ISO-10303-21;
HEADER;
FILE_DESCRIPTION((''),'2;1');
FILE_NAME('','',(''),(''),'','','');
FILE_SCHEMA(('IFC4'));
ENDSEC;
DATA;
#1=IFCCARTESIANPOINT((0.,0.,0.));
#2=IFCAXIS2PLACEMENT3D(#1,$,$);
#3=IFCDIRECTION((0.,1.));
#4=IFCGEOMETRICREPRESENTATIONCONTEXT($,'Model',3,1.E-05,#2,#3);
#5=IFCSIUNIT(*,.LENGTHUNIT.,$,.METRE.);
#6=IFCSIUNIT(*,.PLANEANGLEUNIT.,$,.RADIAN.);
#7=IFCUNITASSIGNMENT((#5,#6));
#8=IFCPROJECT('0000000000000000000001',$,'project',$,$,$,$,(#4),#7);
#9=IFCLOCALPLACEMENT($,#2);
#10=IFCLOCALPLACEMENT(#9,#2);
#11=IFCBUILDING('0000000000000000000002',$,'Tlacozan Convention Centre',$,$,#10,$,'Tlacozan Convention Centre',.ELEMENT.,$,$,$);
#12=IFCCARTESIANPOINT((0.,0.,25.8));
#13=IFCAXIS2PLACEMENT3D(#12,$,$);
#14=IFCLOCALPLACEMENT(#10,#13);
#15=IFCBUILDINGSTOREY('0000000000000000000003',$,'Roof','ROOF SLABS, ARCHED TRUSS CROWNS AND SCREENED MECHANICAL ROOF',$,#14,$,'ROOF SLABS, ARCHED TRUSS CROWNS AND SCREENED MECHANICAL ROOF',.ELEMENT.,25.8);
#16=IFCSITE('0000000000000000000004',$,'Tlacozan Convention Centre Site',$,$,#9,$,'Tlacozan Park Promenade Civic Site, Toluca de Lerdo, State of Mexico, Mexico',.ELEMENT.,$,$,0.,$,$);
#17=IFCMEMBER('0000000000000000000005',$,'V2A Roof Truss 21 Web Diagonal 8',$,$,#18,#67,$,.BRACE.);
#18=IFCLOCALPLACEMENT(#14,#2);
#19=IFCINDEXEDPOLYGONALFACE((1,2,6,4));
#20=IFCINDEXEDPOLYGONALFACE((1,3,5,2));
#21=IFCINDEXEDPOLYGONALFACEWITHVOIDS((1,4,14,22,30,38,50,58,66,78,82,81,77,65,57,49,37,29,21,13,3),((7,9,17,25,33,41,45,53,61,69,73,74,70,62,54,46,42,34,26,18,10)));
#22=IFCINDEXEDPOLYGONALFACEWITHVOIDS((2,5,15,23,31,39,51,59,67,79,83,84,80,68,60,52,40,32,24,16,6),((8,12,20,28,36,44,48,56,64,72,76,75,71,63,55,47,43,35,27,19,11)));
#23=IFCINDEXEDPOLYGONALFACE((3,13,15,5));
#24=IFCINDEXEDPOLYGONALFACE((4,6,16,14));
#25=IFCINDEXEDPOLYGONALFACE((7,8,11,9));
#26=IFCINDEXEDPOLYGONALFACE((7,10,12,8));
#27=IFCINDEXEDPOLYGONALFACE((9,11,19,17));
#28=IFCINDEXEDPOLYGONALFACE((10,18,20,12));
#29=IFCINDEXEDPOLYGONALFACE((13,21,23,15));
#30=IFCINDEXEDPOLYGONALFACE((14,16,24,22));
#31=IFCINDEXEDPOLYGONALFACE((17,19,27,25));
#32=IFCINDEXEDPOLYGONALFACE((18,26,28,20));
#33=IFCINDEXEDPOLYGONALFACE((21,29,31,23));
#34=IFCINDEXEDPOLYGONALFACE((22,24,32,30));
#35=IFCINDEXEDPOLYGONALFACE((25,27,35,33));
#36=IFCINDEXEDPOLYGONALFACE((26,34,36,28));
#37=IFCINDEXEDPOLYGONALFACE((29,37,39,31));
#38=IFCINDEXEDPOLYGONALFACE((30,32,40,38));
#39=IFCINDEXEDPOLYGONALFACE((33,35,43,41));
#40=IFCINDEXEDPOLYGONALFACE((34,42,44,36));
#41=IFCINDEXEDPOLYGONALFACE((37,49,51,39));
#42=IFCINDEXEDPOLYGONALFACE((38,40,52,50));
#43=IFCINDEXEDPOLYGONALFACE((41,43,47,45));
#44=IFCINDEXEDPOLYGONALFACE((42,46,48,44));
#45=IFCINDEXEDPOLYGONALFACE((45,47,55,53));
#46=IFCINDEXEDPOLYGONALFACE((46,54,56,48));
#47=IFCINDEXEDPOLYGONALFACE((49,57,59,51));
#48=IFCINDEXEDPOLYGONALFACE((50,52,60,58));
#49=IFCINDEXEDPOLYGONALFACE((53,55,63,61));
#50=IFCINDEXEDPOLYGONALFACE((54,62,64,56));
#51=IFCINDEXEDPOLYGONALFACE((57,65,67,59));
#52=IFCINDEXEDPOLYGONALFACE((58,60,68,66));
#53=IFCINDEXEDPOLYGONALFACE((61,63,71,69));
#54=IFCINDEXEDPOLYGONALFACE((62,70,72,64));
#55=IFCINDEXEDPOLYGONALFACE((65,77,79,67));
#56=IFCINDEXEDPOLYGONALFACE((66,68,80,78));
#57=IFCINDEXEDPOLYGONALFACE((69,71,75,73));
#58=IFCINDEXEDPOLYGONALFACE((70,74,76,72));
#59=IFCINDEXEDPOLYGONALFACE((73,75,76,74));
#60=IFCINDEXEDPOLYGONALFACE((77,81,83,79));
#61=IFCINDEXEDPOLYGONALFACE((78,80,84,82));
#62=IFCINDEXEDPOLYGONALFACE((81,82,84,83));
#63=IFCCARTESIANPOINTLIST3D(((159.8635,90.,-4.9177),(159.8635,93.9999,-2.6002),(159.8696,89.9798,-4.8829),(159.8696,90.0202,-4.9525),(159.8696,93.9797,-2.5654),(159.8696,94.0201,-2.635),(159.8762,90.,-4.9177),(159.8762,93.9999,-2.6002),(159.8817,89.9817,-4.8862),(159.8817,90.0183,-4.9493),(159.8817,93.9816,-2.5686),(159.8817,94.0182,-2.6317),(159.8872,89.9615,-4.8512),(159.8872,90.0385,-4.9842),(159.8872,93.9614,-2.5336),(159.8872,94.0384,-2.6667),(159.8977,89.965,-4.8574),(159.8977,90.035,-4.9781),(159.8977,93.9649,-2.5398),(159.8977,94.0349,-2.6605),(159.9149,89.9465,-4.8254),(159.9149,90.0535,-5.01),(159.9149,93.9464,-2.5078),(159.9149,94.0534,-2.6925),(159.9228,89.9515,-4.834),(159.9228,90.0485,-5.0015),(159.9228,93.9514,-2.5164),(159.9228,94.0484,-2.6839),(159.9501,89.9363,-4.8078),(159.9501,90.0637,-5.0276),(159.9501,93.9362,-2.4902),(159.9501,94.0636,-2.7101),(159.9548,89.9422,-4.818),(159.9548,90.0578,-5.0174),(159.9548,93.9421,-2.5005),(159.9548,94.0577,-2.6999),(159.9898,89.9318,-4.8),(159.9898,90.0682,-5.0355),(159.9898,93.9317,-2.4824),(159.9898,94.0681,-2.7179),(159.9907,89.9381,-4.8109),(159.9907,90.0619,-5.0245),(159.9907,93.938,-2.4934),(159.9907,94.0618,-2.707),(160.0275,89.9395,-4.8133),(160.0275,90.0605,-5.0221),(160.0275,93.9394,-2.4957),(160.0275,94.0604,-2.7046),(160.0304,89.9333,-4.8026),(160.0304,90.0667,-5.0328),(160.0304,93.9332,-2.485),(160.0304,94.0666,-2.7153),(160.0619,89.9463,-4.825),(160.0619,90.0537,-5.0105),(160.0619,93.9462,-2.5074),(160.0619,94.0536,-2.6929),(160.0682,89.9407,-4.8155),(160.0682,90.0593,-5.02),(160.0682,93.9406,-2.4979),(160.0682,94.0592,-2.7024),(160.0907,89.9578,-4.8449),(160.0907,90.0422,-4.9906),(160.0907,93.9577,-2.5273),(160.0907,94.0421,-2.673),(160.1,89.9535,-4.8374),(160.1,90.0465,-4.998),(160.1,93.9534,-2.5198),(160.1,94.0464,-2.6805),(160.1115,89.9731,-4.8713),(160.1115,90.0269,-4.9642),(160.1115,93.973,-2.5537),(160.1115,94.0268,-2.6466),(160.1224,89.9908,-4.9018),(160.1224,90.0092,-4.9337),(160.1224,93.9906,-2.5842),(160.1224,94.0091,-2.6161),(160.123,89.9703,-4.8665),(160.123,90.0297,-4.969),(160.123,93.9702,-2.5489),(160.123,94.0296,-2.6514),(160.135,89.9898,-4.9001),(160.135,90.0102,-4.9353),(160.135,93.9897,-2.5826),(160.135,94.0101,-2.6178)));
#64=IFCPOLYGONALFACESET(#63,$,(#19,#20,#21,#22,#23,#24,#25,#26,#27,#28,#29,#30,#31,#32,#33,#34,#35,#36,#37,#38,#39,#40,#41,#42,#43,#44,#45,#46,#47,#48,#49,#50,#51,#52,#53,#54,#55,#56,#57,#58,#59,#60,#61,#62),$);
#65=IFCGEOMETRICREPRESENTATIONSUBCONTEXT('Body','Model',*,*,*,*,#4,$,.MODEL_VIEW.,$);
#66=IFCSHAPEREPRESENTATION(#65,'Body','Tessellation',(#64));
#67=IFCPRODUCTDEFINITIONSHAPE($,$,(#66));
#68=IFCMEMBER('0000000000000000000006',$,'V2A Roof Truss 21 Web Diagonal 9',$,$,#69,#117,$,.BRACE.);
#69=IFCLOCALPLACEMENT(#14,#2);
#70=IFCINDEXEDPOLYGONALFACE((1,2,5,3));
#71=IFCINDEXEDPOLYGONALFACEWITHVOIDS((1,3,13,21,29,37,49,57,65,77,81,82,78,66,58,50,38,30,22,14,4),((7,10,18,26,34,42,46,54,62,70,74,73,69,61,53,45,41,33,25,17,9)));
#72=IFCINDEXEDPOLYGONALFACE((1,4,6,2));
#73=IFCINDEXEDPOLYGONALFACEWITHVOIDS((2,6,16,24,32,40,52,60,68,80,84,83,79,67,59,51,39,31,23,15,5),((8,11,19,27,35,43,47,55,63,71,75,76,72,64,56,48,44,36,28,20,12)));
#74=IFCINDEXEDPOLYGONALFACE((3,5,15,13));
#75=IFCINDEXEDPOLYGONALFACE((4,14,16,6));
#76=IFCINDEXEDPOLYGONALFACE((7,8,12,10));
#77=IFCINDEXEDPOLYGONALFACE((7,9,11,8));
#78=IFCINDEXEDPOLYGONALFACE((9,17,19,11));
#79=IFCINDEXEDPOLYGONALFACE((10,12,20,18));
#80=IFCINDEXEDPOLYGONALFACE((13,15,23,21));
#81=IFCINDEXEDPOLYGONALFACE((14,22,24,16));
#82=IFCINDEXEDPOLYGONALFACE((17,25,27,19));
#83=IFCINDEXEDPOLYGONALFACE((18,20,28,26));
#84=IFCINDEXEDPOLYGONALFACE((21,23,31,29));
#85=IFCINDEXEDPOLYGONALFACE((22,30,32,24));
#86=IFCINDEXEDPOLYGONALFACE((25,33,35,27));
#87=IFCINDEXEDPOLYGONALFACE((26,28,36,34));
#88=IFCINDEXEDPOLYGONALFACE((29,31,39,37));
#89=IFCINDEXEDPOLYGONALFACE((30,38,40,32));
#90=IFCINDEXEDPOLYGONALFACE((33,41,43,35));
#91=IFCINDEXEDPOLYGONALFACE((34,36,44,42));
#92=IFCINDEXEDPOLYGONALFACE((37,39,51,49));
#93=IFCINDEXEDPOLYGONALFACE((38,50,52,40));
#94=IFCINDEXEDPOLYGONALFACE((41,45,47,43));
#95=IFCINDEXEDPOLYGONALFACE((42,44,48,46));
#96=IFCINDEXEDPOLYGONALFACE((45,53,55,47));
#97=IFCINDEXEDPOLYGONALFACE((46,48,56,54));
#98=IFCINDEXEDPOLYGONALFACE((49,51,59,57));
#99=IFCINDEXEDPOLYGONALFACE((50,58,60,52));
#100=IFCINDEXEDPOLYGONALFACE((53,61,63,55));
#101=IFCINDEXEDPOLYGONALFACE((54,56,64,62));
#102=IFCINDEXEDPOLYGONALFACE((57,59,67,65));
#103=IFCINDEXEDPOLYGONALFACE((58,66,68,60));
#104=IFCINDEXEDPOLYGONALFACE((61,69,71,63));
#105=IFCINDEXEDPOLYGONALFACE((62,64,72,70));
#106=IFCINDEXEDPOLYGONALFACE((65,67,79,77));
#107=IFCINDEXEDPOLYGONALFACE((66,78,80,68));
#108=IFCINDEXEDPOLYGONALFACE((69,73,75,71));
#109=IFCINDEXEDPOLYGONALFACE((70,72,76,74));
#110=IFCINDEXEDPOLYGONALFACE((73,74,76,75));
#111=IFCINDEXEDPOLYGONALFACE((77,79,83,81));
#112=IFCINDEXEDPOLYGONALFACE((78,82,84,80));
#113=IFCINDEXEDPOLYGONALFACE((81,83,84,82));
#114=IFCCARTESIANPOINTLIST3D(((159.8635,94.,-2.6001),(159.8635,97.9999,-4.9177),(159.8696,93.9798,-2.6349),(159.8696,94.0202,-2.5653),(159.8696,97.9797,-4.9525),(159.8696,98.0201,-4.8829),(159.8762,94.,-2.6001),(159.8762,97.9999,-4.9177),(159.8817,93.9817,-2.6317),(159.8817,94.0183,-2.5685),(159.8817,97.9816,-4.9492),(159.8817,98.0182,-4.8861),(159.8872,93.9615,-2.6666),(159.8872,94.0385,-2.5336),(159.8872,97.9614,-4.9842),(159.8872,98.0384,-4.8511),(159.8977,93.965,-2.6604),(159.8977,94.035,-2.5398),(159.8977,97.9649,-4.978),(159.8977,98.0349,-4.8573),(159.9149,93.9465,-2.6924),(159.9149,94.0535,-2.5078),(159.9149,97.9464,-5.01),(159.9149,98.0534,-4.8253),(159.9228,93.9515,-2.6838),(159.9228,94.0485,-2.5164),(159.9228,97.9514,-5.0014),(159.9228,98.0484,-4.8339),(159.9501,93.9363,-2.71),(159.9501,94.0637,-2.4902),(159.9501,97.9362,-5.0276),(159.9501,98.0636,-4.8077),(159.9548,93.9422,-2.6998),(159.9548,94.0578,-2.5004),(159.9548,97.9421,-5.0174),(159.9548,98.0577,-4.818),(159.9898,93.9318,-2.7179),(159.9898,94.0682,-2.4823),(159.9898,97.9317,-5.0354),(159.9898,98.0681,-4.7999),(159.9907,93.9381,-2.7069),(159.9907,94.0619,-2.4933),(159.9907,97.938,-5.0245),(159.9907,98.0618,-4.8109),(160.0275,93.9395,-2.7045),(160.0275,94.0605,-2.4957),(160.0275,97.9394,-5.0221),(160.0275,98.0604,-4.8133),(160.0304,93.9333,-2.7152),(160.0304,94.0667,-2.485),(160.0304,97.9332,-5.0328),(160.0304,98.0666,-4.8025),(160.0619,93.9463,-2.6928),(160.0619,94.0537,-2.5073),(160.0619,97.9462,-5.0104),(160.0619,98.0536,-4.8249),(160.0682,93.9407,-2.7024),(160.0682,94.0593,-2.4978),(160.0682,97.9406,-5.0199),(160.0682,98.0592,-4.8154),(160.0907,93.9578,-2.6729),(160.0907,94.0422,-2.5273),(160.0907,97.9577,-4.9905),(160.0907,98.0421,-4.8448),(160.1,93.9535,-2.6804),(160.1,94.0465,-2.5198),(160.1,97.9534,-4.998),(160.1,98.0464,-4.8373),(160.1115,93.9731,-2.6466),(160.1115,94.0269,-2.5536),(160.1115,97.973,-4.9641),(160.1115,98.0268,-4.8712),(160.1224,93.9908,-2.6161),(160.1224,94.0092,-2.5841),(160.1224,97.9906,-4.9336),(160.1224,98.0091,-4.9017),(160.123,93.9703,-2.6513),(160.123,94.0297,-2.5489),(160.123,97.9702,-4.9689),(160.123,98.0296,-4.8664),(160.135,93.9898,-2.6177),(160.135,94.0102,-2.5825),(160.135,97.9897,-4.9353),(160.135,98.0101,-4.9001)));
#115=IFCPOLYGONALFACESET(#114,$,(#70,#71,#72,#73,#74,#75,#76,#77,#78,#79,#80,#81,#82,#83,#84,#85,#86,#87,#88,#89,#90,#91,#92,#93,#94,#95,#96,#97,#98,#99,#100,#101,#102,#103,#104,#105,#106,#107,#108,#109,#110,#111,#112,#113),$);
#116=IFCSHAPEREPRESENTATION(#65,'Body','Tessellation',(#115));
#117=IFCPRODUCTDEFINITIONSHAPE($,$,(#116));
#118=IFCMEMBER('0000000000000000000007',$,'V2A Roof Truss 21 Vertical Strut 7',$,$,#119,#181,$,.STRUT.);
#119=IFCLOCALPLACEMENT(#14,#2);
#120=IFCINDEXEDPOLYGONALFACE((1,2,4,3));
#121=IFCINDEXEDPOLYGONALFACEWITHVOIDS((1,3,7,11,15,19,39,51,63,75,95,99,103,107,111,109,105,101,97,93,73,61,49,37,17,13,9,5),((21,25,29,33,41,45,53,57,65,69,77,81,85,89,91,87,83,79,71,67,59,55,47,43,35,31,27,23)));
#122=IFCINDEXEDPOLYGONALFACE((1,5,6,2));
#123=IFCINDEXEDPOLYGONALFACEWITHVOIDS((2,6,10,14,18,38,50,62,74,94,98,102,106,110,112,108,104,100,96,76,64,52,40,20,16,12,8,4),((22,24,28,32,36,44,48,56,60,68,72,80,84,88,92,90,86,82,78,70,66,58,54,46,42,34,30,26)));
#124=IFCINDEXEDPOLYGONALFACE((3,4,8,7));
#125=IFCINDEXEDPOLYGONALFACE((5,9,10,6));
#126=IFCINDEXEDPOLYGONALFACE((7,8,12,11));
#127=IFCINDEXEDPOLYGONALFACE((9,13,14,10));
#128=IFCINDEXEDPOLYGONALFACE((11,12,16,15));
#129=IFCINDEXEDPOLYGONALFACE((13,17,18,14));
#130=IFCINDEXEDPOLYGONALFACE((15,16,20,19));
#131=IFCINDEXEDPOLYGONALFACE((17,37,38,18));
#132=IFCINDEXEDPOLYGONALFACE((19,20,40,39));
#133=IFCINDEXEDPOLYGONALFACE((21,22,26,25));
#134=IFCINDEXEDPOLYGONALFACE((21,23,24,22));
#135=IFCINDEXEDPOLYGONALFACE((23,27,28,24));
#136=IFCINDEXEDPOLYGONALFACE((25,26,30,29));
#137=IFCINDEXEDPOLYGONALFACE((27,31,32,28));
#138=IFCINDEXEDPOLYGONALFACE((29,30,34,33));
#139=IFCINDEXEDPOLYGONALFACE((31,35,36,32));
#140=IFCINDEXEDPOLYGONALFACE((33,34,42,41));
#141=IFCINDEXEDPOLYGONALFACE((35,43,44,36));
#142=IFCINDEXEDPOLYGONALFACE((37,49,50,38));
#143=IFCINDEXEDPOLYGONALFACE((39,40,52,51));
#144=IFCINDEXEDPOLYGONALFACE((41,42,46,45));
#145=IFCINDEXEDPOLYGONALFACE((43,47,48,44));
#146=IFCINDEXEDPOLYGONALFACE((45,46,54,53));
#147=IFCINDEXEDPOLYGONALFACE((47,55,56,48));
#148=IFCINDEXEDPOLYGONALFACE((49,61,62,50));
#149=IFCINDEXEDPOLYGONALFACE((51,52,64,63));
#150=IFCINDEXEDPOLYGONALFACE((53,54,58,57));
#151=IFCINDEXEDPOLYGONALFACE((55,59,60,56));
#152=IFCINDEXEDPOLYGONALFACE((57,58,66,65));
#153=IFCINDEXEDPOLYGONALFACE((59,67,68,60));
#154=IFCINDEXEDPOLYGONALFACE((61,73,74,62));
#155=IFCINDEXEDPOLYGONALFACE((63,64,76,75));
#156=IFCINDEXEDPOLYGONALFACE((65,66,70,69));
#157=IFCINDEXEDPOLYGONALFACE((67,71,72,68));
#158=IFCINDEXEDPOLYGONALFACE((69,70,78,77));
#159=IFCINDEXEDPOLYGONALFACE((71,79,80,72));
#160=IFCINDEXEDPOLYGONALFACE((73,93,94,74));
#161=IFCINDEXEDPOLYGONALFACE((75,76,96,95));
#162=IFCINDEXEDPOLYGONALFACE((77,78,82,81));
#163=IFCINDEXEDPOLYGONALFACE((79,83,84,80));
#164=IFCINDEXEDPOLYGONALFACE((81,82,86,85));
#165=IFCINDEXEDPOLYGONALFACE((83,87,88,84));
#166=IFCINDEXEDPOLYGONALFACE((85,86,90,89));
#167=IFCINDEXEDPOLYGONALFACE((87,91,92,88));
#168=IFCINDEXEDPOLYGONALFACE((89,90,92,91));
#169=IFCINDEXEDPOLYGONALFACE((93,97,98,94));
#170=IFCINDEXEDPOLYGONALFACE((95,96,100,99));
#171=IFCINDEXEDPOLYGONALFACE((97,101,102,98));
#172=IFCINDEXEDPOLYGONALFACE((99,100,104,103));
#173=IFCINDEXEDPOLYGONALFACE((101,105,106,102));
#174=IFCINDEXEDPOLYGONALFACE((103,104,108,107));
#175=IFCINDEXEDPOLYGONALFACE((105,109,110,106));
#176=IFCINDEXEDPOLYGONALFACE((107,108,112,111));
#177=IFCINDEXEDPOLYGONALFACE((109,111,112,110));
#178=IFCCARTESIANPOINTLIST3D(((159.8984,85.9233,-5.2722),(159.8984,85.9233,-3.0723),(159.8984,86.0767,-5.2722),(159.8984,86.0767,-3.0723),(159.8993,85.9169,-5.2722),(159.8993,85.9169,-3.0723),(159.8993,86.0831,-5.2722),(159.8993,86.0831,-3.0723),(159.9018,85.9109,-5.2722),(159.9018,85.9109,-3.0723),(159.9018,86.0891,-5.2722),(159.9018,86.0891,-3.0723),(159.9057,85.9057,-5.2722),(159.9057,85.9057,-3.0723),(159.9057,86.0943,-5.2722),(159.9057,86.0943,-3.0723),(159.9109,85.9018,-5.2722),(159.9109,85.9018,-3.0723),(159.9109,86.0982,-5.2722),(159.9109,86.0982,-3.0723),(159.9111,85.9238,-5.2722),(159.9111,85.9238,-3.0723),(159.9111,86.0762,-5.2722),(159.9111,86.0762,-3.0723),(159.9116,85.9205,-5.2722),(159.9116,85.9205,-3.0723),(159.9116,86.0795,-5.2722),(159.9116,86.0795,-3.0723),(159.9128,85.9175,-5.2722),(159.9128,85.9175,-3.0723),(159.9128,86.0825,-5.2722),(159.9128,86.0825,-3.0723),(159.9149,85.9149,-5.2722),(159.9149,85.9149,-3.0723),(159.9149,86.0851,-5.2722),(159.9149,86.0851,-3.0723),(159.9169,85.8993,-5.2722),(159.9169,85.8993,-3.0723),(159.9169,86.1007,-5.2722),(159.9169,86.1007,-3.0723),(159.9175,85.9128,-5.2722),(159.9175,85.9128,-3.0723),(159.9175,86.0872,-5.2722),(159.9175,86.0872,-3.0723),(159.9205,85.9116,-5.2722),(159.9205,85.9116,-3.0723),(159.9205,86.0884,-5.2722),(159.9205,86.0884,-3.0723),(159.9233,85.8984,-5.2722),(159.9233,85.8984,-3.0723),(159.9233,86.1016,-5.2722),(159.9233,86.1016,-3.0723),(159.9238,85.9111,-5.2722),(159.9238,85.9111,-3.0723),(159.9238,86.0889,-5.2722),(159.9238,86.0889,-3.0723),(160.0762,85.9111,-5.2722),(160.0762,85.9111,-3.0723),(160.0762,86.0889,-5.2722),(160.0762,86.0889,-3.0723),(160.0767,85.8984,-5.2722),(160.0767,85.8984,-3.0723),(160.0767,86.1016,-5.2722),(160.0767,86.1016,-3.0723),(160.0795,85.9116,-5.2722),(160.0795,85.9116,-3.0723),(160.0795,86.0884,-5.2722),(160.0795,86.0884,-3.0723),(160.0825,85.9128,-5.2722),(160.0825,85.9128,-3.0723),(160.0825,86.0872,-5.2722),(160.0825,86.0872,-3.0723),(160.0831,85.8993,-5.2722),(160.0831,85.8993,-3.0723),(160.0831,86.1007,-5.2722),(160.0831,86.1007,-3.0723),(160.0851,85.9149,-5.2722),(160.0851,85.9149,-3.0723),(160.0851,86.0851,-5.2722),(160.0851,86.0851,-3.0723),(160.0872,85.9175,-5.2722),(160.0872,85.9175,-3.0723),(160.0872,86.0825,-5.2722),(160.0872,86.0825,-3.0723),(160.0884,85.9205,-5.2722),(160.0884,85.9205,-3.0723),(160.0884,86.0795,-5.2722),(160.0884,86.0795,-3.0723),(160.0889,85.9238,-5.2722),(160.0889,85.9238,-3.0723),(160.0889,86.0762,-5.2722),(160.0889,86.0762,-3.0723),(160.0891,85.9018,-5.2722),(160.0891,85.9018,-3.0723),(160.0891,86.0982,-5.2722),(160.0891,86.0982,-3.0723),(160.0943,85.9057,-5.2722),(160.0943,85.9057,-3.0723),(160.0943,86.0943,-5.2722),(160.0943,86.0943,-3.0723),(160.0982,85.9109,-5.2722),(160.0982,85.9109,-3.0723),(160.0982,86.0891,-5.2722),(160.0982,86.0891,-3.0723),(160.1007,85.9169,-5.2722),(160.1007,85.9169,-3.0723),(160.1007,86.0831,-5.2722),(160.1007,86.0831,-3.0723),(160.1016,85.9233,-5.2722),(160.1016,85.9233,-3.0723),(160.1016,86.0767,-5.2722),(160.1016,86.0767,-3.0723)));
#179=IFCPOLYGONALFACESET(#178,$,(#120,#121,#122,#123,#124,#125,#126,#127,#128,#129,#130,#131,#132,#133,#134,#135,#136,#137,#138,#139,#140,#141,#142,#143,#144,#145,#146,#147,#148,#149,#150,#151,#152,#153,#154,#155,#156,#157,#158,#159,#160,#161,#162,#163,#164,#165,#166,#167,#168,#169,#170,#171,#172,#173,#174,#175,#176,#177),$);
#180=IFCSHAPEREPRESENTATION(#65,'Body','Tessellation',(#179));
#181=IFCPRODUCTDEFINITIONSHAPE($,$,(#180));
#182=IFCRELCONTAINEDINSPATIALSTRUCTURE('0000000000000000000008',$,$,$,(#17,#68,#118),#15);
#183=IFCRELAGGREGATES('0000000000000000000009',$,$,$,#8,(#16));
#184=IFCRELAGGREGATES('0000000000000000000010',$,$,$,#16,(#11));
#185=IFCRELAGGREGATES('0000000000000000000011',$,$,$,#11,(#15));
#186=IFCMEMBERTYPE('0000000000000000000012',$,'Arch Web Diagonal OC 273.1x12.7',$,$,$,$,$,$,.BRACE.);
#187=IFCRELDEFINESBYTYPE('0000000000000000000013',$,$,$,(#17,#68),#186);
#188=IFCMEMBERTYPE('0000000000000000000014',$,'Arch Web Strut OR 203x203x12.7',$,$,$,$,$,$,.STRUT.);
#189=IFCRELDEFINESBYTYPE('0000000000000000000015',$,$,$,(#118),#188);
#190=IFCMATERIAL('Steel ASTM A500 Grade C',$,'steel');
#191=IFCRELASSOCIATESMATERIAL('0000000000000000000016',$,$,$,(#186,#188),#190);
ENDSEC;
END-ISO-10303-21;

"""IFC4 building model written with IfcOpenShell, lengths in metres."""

from ifc_helpers import new_model, si_unit, direction, frame, origin, origin_2d, place, context, subcontext, project, spatial, hollow_rectangle, hollow_circle, extrude, material, material_profile, profile_set, type_object, element, save


model = new_model("IFC4")

# Units and contexts
model_context = context("Model", 3, precision=1e-05, world=origin(), true_north=direction((0.0, 1.0)))
body_context = subcontext(model_context, "Body", "Model", "MODEL_VIEW")
ifc_project = project(units=[si_unit("LENGTHUNIT", "METRE"), si_unit("PLANEANGLEUNIT", "RADIAN")], contexts=[model_context])

# Site, building, storey
site_placement = place(None, origin())
site = spatial("IfcSite", under=ifc_project, at=site_placement, Name="Tlacozan Convention Centre Site", LongName="Tlacozan Park Promenade Civic Site, Toluca de Lerdo, State of Mexico, Mexico", CompositionType="ELEMENT", RefElevation=0.0)
building_placement = place(site_placement, origin())
building = spatial("IfcBuilding", under=site, at=building_placement, Name="Tlacozan Convention Centre", LongName="Tlacozan Convention Centre", CompositionType="ELEMENT")
storey_placement = place(building_placement, frame((0.0, 0.0, 25.8)))
storey = spatial("IfcBuildingStorey", under=building, at=storey_placement, Name="Roof", Description="ROOF SLABS, ARCHED TRUSS CROWNS AND SCREENED MECHANICAL ROOF", LongName="ROOF SLABS, ARCHED TRUSS CROWNS AND SCREENED MECHANICAL ROOF", CompositionType="ELEMENT", Elevation=25.8)

# Members
ifc_material_1 = material(Name="Steel ASTM A500 Grade C", Category="steel")
ifc_material_profile_1 = material_profile(ifc_material_1, hollow_circle(Radius=0.1365, WallThickness=0.0127, at=origin_2d()), Name="OC 273.1x12.7")
ifc_profile_set_1 = profile_set([ifc_material_profile_1], Name="Steel ASTM A500 Grade C")
member_type_1 = type_object("IfcMemberType", Name="Arch Web Diagonal OC 273.1x12.7", PredefinedType="BRACE", material=ifc_profile_set_1)
for number, where, z_axis, x_axis, name in (
    (1, (160.0, 90.0, -4.9177), (0.0, 0.865254, 0.501334), (-1.0, 0.0, 0.0), "V2A Roof Truss 21 Web Diagonal 8"),
    (2, (160.0, 94.0, -2.6001), (0.0, 0.865254, -0.501334), (-1.0, 0.0, 0.0), "V2A Roof Truss 21 Web Diagonal 9"),
):
    element("IfcMember", number, at=place(storey_placement, frame(where, z_axis=z_axis, x_axis=x_axis)), inside=storey, type_object=member_type_1, Name=name, PredefinedType="BRACE", context=body_context, shape_type="SweptSolid", body=[
        extrude(hollow_circle(Radius=0.1365, WallThickness=0.0127, at=origin_2d()), origin(), (0.0, 0.0, 1.0), 4.6228),
    ])
ifc_material_profile_2 = material_profile(ifc_material_1, hollow_rectangle(XDim=0.2031, YDim=0.2031, WallThickness=0.0127, InnerFilletRadius=0.0127, OuterFilletRadius=0.0249, at=origin_2d()), Name="OR 203x203x12.7")
ifc_profile_set_2 = profile_set([ifc_material_profile_2], Name="Steel ASTM A500 Grade C")
member_type_2 = type_object("IfcMemberType", Name="Arch Web Strut OR 203x203x12.7", PredefinedType="STRUT", material=ifc_profile_set_2)
for number, where, z_axis, x_axis, name in (
    (3, (160.0, 86.0, -5.2722), (0.0, 0.0, 1.0), (1.0, 0.0, 0.0), "V2A Roof Truss 21 Vertical Strut 7"),
):
    element("IfcMember", number, at=place(storey_placement, frame(where, z_axis=z_axis, x_axis=x_axis)), inside=storey, type_object=member_type_2, Name=name, PredefinedType="STRUT", context=body_context, shape_type="SweptSolid", body=[
        extrude(hollow_rectangle(XDim=0.2031, YDim=0.2031, WallThickness=0.0127, InnerFilletRadius=0.0127, OuterFilletRadius=0.0249, at=origin_2d()), origin(), (0.0, 0.0, 1.0), 2.2),
    ])

save(model, "model.ifc")
